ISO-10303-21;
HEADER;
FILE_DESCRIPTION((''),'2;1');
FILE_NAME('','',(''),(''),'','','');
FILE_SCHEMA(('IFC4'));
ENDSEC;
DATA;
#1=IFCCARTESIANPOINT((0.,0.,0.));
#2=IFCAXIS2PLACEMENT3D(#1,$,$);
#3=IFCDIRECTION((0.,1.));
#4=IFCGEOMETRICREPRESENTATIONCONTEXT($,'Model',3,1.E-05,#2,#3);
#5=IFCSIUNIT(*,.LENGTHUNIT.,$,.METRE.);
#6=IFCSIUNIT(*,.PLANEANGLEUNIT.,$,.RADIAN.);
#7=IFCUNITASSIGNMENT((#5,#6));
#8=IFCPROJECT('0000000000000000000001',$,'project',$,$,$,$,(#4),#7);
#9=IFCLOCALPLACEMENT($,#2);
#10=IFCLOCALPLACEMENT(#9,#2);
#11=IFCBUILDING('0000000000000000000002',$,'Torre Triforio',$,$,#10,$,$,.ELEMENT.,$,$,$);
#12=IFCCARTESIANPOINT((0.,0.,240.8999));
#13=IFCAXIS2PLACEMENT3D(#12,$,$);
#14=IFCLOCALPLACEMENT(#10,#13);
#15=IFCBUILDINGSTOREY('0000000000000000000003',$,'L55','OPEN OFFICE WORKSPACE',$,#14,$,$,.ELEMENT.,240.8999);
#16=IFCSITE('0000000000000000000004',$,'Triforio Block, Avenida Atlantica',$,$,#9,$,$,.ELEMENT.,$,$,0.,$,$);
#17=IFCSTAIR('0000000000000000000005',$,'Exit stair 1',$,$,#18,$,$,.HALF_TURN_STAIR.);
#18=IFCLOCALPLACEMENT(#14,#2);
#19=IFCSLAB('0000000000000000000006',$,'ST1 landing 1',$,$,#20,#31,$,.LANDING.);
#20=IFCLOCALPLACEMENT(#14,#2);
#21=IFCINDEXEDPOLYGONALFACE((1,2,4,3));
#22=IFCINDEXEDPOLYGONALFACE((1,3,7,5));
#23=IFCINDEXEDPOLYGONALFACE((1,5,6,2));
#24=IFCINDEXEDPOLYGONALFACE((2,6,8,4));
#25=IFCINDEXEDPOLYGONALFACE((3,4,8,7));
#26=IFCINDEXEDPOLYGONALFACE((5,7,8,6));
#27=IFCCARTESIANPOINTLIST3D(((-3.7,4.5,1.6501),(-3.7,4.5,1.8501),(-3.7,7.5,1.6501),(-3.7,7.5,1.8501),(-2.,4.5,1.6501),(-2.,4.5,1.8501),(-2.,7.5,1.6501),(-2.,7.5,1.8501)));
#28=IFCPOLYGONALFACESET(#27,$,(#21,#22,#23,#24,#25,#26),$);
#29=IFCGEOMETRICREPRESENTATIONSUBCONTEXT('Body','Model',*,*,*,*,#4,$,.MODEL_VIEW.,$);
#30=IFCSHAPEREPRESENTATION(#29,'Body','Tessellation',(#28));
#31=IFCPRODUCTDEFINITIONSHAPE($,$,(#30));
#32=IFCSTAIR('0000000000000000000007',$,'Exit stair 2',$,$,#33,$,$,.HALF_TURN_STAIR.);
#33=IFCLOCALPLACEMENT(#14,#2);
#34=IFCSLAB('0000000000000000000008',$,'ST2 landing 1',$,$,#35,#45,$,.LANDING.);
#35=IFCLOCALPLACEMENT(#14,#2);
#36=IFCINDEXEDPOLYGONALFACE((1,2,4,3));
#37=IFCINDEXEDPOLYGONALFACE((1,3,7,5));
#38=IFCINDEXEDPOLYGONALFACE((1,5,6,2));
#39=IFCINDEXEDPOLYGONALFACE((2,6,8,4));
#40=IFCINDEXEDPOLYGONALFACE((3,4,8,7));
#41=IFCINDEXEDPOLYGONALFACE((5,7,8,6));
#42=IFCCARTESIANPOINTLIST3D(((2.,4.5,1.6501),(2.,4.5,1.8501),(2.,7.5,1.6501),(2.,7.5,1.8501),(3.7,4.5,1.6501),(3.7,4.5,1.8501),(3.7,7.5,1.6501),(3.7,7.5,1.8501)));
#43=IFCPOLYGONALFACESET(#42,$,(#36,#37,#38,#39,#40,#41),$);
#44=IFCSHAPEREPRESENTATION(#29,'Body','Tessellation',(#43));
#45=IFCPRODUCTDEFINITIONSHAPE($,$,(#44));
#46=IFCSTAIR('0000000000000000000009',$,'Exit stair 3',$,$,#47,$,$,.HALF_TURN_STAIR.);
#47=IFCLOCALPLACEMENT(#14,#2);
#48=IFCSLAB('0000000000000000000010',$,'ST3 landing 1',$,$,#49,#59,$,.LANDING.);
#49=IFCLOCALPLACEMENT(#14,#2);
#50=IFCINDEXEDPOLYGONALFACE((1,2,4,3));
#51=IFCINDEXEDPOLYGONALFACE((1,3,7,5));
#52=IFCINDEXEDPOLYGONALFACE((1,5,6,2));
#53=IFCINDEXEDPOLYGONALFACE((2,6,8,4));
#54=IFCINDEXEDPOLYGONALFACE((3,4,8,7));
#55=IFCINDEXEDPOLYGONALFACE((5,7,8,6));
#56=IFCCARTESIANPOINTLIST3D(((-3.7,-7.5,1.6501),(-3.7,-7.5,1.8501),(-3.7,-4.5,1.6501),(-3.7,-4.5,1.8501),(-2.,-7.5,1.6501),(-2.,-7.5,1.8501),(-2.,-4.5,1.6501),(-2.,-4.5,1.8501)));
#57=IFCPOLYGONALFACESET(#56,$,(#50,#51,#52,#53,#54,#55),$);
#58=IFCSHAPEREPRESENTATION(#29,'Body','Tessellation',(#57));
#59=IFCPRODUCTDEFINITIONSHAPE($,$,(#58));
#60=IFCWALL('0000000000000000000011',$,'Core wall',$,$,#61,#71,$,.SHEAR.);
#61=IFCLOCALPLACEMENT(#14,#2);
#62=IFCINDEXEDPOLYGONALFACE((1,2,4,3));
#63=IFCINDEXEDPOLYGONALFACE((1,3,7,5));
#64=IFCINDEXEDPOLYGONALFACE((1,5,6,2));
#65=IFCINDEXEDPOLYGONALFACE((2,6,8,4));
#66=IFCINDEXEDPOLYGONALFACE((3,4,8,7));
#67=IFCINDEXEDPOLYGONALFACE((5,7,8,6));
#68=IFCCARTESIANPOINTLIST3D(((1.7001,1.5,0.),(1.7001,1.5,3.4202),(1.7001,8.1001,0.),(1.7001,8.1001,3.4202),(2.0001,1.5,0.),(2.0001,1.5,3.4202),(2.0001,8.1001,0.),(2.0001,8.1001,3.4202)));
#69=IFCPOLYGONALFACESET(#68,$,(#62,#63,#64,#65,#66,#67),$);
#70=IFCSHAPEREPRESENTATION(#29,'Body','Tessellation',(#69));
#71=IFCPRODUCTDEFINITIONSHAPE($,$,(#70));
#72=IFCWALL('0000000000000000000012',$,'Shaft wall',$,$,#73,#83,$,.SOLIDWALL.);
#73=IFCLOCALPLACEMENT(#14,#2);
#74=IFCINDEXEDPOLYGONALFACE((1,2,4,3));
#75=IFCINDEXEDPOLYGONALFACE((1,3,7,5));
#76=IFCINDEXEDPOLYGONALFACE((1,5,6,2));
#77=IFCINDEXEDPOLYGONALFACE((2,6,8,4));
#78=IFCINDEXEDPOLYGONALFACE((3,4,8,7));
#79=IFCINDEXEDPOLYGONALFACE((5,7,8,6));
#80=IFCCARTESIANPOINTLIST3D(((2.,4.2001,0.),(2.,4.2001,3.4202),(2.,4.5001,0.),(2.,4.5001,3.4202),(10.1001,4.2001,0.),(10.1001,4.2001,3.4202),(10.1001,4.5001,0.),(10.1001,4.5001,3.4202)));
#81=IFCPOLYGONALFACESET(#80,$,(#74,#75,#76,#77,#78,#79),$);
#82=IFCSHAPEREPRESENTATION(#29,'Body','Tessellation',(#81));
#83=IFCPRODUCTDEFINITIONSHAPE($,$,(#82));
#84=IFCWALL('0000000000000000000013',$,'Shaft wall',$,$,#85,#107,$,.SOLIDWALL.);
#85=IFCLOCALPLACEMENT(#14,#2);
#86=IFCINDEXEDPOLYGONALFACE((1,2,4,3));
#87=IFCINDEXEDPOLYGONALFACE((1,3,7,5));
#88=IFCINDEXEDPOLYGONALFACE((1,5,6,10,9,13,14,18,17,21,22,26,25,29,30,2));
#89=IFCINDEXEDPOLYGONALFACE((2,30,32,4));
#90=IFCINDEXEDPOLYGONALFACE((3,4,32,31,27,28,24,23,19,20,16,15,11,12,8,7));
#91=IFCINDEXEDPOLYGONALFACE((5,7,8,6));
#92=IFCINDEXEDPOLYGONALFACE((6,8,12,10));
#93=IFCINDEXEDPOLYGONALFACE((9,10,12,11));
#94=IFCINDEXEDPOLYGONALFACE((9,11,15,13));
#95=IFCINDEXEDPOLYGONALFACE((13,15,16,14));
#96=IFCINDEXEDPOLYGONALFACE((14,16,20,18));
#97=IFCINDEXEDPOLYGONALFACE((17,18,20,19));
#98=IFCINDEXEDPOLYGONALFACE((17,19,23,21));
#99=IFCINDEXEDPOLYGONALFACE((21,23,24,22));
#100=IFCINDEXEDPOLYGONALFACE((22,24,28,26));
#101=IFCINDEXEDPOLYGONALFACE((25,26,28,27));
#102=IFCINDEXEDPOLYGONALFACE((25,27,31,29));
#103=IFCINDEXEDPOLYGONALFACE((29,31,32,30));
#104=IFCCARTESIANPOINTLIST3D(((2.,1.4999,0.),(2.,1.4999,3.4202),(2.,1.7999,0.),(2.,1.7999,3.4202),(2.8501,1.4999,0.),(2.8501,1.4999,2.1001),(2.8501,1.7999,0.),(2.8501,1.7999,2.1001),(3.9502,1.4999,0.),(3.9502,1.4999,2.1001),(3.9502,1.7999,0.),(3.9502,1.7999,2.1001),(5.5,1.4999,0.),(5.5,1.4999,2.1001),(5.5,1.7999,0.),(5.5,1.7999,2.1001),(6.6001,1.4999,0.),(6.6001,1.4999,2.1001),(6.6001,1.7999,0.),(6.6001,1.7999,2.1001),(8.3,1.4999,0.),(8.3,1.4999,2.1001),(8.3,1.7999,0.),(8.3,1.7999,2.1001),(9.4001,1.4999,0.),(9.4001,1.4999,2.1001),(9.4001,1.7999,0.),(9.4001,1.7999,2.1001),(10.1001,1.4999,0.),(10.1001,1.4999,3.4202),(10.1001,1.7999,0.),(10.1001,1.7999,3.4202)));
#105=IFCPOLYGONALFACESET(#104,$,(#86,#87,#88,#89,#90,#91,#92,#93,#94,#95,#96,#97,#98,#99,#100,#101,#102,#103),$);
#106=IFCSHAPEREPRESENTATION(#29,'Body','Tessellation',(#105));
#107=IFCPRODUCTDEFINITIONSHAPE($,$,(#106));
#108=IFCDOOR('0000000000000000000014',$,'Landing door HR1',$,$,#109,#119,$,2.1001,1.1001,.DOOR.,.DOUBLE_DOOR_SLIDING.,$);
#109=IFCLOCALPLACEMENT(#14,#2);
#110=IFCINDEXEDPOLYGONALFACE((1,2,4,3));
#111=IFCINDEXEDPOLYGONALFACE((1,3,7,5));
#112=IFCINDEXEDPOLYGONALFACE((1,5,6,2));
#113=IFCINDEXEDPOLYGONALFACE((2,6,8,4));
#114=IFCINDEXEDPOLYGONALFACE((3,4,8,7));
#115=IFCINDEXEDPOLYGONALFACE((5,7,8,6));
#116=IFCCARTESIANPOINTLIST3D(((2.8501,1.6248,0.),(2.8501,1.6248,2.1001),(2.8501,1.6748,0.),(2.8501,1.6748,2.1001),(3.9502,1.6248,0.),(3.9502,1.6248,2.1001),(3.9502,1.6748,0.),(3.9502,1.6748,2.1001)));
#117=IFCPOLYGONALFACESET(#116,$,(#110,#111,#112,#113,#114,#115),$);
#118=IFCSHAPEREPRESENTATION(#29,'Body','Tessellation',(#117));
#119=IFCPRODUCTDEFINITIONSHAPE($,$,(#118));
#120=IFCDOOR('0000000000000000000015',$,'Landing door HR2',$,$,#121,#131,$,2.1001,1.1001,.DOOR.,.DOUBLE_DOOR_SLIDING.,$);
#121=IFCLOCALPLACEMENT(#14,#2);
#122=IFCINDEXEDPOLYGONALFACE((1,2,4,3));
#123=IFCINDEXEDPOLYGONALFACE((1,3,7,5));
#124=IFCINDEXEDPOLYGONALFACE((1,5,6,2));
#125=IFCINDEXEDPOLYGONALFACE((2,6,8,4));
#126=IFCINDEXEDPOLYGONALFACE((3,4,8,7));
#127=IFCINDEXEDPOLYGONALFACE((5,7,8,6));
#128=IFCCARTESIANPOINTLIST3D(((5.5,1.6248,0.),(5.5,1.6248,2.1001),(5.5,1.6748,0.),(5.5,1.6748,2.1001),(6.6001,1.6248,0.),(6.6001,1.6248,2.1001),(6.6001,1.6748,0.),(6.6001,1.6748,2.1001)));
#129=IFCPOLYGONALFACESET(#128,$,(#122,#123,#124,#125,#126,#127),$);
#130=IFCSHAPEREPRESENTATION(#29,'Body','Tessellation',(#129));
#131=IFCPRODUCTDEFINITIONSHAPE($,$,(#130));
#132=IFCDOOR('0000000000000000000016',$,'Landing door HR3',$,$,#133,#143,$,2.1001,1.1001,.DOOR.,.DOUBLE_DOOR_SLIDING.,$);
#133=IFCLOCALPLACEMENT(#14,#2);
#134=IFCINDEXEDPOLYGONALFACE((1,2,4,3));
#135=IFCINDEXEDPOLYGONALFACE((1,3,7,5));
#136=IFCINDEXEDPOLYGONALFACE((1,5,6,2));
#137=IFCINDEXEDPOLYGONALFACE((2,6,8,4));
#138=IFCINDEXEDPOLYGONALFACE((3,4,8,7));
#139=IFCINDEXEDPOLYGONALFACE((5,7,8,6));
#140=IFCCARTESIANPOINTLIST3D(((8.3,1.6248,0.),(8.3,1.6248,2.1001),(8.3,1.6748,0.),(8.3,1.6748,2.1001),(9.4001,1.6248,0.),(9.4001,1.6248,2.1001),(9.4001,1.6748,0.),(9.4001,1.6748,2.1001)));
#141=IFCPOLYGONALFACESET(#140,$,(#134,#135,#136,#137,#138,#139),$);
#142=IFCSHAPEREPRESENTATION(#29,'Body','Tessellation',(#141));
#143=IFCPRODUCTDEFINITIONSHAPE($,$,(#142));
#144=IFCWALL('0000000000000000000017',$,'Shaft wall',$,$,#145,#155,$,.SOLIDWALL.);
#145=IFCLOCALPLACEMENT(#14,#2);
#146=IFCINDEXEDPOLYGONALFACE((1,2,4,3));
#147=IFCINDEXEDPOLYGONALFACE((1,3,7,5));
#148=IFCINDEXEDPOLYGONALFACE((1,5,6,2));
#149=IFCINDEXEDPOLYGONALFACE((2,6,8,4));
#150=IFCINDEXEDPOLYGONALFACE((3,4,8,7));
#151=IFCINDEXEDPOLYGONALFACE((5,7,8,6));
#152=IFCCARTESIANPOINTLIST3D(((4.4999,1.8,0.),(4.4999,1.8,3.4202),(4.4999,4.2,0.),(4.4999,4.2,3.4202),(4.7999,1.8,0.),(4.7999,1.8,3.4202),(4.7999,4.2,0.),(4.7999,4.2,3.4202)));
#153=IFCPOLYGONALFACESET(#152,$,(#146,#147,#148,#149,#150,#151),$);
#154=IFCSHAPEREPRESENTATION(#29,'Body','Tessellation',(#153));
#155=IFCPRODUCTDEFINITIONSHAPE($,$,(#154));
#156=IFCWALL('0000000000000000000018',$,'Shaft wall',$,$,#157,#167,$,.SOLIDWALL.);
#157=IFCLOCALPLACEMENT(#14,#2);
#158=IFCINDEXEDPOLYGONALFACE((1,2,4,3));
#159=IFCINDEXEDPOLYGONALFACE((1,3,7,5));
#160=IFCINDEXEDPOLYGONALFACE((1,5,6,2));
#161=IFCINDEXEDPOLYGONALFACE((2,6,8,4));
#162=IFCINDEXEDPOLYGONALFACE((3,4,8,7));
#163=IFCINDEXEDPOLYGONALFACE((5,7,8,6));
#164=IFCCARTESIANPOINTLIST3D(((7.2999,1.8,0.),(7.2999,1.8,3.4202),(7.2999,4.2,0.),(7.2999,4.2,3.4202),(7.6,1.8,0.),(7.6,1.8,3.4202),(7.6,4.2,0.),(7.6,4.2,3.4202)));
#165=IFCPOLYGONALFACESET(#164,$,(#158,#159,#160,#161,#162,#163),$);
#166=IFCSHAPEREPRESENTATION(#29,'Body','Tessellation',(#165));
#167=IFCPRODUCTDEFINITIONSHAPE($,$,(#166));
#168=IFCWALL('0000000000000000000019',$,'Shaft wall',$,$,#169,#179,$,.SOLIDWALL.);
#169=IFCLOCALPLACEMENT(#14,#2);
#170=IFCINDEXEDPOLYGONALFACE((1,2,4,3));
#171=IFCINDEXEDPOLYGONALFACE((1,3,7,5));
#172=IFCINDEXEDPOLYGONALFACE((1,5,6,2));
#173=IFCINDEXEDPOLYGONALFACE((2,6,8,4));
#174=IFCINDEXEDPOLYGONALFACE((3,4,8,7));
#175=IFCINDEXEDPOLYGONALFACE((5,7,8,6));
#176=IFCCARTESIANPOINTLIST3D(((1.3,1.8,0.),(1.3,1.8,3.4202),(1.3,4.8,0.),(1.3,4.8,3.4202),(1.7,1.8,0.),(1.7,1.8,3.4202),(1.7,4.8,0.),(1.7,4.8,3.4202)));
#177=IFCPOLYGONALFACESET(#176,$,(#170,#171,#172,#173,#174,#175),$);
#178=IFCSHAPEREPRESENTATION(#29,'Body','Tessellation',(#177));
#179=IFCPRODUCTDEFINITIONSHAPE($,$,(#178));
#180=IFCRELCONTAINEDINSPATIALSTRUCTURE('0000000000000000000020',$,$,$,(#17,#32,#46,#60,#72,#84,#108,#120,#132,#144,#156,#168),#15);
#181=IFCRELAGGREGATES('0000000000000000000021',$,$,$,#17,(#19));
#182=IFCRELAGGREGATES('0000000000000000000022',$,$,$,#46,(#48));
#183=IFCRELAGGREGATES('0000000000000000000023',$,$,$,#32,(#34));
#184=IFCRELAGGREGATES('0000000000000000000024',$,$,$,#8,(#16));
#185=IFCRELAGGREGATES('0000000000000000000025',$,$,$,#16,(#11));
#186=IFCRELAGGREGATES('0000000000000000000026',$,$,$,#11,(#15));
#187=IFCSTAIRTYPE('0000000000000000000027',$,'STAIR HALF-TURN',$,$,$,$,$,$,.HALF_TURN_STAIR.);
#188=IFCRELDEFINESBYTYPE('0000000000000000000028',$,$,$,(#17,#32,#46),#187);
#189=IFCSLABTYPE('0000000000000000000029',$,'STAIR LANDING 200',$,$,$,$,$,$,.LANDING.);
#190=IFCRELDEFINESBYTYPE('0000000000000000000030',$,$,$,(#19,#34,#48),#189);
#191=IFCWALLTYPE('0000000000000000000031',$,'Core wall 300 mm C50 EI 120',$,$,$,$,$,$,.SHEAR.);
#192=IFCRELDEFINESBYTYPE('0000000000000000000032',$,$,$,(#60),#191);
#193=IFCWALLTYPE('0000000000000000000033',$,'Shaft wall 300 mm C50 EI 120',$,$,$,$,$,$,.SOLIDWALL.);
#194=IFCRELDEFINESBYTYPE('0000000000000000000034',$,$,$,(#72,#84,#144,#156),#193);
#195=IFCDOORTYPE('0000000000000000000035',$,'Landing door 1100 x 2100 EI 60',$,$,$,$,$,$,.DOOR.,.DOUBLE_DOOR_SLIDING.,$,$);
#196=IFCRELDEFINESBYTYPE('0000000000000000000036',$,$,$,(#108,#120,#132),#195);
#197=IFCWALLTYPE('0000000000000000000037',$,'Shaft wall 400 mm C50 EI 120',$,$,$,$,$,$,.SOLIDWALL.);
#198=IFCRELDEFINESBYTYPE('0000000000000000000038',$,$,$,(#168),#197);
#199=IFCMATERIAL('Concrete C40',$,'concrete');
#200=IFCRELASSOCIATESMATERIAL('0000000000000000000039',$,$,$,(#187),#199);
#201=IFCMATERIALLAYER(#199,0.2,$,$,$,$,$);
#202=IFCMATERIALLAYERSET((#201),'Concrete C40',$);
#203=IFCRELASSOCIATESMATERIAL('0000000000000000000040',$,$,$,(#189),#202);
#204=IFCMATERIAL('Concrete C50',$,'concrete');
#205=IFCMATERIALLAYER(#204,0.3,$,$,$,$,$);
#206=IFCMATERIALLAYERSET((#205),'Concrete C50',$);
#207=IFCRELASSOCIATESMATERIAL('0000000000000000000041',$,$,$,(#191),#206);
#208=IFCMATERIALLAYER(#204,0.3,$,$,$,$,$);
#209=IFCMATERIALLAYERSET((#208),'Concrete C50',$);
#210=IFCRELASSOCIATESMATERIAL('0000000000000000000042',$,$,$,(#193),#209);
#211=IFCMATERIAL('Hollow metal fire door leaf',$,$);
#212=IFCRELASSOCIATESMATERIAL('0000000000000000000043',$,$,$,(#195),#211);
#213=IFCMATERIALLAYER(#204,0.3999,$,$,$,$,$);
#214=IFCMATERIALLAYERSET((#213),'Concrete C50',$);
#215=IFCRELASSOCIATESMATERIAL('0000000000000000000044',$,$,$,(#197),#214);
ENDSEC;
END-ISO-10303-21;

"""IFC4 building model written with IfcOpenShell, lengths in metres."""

from ifc_helpers import new_model, si_unit, direction, frame, frame_2d, origin, place, context, subcontext, project, spatial, polyline, rectangle, outline, extrude, material, layer, layer_set, type_object, element, fill, aggregate, save


model = new_model("IFC4")

# Units and contexts
model_context = context("Model", 3, precision=1e-05, world=origin(), true_north=direction((0.0, 1.0)))
body_context = subcontext(model_context, "Body", "Model", "MODEL_VIEW")
ifc_project = project(units=[si_unit("LENGTHUNIT", "METRE"), si_unit("PLANEANGLEUNIT", "RADIAN")], contexts=[model_context])

# Site, building, storey
site_placement = place(None, origin())
site = spatial("IfcSite", under=ifc_project, at=site_placement, Name="Triforio Block, Avenida Atlantica", CompositionType="ELEMENT", RefElevation=0.0)
building_placement = place(site_placement, origin())
building = spatial("IfcBuilding", under=site, at=building_placement, Name="Torre Triforio", CompositionType="ELEMENT")
storey_placement = place(building_placement, frame((0.0, 0.0, 240.8999)))
storey = spatial("IfcBuildingStorey", under=building, at=storey_placement, Name="L55", Description="OPEN OFFICE WORKSPACE", CompositionType="ELEMENT", Elevation=240.8999)

# Stairs, slabs
ifc_material_1 = material(Name="Concrete C40", Category="concrete")
stair_type = type_object("IfcStairType", Name="STAIR HALF-TURN", PredefinedType="HALF_TURN_STAIR", material=ifc_material_1)
stair_1_placement = place(storey_placement, origin())
stair_1 = element("IfcStair", 1, at=stair_1_placement, inside=storey, type_object=stair_type, Name="Exit stair 1", PredefinedType="HALF_TURN_STAIR")
ifc_layer_1 = layer(ifc_material_1, 0.2)
ifc_layer_set_1 = layer_set([ifc_layer_1], Name="Concrete C40")
slab_type = type_object("IfcSlabType", Name="STAIR LANDING 200", PredefinedType="LANDING", material=ifc_layer_set_1)
slab_1_placement = place(storey_placement, frame((0.0, 0.0, 1.6501)))
slab_1 = element("IfcSlab", 2, at=slab_1_placement, type_object=slab_type, Name="ST1 landing 1", PredefinedType="LANDING", context=body_context, shape_type="SweptSolid", body=[
    extrude(outline(polyline([(-2.0, 4.5), (-2.0, 7.5), (-3.7, 7.5), (-3.7, 4.5), (-2.0, 4.5)])), origin(), (0.0, 0.0, 1.0), 0.2),
])
aggregate(stair_1, [slab_1])
stair_2_placement = place(storey_placement, origin())
stair_2 = element("IfcStair", 3, at=stair_2_placement, inside=storey, type_object=stair_type, Name="Exit stair 2", PredefinedType="HALF_TURN_STAIR")
slab_2_placement = place(storey_placement, frame((0.0, 0.0, 1.6501)))
slab_2 = element("IfcSlab", 4, at=slab_2_placement, type_object=slab_type, Name="ST2 landing 1", PredefinedType="LANDING", context=body_context, shape_type="SweptSolid", body=[
    extrude(outline(polyline([(3.7, 4.5), (3.7, 7.5), (2.0, 7.5), (2.0, 4.5), (3.7, 4.5)])), origin(), (0.0, 0.0, 1.0), 0.2),
])
stair_3_placement = place(storey_placement, origin())
stair_3 = element("IfcStair", 5, at=stair_3_placement, inside=storey, type_object=stair_type, Name="Exit stair 3", PredefinedType="HALF_TURN_STAIR")
slab_3_placement = place(storey_placement, frame((0.0, 0.0, 1.6501)))
slab_3 = element("IfcSlab", 6, at=slab_3_placement, type_object=slab_type, Name="ST3 landing 1", PredefinedType="LANDING", context=body_context, shape_type="SweptSolid", body=[
    extrude(outline(polyline([(-2.0, -7.5), (-2.0, -4.5), (-3.7, -4.5), (-3.7, -7.5), (-2.0, -7.5)])), origin(), (0.0, 0.0, 1.0), 0.2),
])
aggregate(stair_3, [slab_3])

# Walls
ifc_material_2 = material(Name="Concrete C50", Category="concrete")
ifc_layer_2 = layer(ifc_material_2, 0.3)
ifc_layer_set_2 = layer_set([ifc_layer_2], Name="Concrete C50")
wall_type_1 = type_object("IfcWallType", Name="Core wall 300 mm C50 EI 120", PredefinedType="SHEAR", material=ifc_layer_set_2)
wall_1_placement = place(storey_placement, frame((1.8501, 1.5, 0.0), z_axis=(0.0, 0.0, 1.0), x_axis=(0.0, 1.0, 0.0)))
element("IfcWall", 7, at=wall_1_placement, inside=storey, type_object=wall_type_1, Name="Core wall", PredefinedType="SHEAR", context=body_context, shape_type="SweptSolid", body=[
    extrude(rectangle(XDim=6.6001, YDim=0.3, at=frame_2d((3.3, 0.0))), origin(), (0.0, 0.0, 1.0), 3.4202),
])
ifc_layer_3 = layer(ifc_material_2, 0.3)
ifc_layer_set_3 = layer_set([ifc_layer_3], Name="Concrete C50")
wall_type_2 = type_object("IfcWallType", Name="Shaft wall 300 mm C50 EI 120", PredefinedType="SOLIDWALL", material=ifc_layer_set_3)
wall_2_placement = place(storey_placement, frame((2.0, 4.3501, 0.0), z_axis=(0.0, 0.0, 1.0), x_axis=(1.0, 0.0, 0.0)))
element("IfcWall", 8, at=wall_2_placement, inside=storey, type_object=wall_type_2, Name="Shaft wall", PredefinedType="SOLIDWALL", context=body_context, shape_type="SweptSolid", body=[
    extrude(rectangle(XDim=8.1001, YDim=0.3, at=frame_2d((4.05, 0.0))), origin(), (0.0, 0.0, 1.0), 3.4202),
])

# Wall, openings, doors
wall_3_placement = place(storey_placement, frame((2.0, 1.6499, 0.0), z_axis=(0.0, 0.0, 1.0), x_axis=(1.0, 0.0, 0.0)))
wall_3 = element("IfcWall", 9, at=wall_3_placement, inside=storey, type_object=wall_type_2, Name="Shaft wall", PredefinedType="SOLIDWALL", context=body_context, shape_type="SweptSolid", body=[
    extrude(rectangle(XDim=8.1001, YDim=0.3, at=frame_2d((4.05, 0.0))), origin(), (0.0, 0.0, 1.0), 3.4202),
])
opening_1_placement = place(wall_3_placement, frame((0.8501, 0.0, 0.0)))
opening_1 = element("IfcOpeningElement", 10, at=opening_1_placement, cuts=wall_3, PredefinedType="OPENING", context=body_context, shape_type="SweptSolid", body=[
    extrude(rectangle(XDim=1.1001, YDim=2.1001, at=frame_2d((0.55, 1.05))), frame((0.0, 0.1599, 0.0), z_axis=(0.0, -1.0, 0.0), x_axis=(1.0, 0.0, 0.0)), (0.0, 0.0, 1.0), 0.3201),
])
opening_2_placement = place(wall_3_placement, frame((3.5, 0.0, 0.0)))
opening_2 = element("IfcOpeningElement", 11, at=opening_2_placement, cuts=wall_3, PredefinedType="OPENING", context=body_context, shape_type="SweptSolid", body=[
    extrude(rectangle(XDim=1.1001, YDim=2.1001, at=frame_2d((0.55, 1.05))), frame((0.0, 0.1599, 0.0), z_axis=(0.0, -1.0, 0.0), x_axis=(1.0, 0.0, 0.0)), (0.0, 0.0, 1.0), 0.3201),
])
opening_3_placement = place(wall_3_placement, frame((6.3, 0.0, 0.0)))
opening_3 = element("IfcOpeningElement", 12, at=opening_3_placement, cuts=wall_3, PredefinedType="OPENING", context=body_context, shape_type="SweptSolid", body=[
    extrude(rectangle(XDim=1.1001, YDim=2.1001, at=frame_2d((0.55, 1.05))), frame((0.0, 0.1599, 0.0), z_axis=(0.0, -1.0, 0.0), x_axis=(1.0, 0.0, 0.0)), (0.0, 0.0, 1.0), 0.3201),
])
ifc_material_3 = material(Name="Hollow metal fire door leaf")
door_type = type_object("IfcDoorType", Name="Landing door 1100 x 2100 EI 60", OperationType="DOUBLE_DOOR_SLIDING", PredefinedType="DOOR", material=ifc_material_3)
door_1_placement = place(opening_1_placement, origin())
door_1 = element("IfcDoor", 13, at=door_1_placement, inside=storey, type_object=door_type, Name="Landing door HR1", OperationType="DOUBLE_DOOR_SLIDING", OverallHeight=2.1001, OverallWidth=1.1001, PredefinedType="DOOR", context=body_context, shape_type="SweptSolid", body=[
    extrude(rectangle(XDim=1.1001, YDim=2.1001, at=frame_2d((0.55, 1.05))), frame((0.0, 0.0249, 0.0), z_axis=(0.0, -1.0, 0.0), x_axis=(1.0, 0.0, 0.0)), (0.0, 0.0, 1.0), 0.05),
])
fill(opening_1, door_1)
door_2_placement = place(opening_2_placement, origin())
door_2 = element("IfcDoor", 14, at=door_2_placement, inside=storey, type_object=door_type, Name="Landing door HR2", OperationType="DOUBLE_DOOR_SLIDING", OverallHeight=2.1001, OverallWidth=1.1001, PredefinedType="DOOR", context=body_context, shape_type="SweptSolid", body=[
    extrude(rectangle(XDim=1.1001, YDim=2.1001, at=frame_2d((0.55, 1.05))), frame((0.0, 0.0249, 0.0), z_axis=(0.0, -1.0, 0.0), x_axis=(1.0, 0.0, 0.0)), (0.0, 0.0, 1.0), 0.05),
])
fill(opening_2, door_2)
door_3_placement = place(opening_3_placement, origin())
door_3 = element("IfcDoor", 15, at=door_3_placement, inside=storey, type_object=door_type, Name="Landing door HR3", OperationType="DOUBLE_DOOR_SLIDING", OverallHeight=2.1001, OverallWidth=1.1001, PredefinedType="DOOR", context=body_context, shape_type="SweptSolid", body=[
    extrude(rectangle(XDim=1.1001, YDim=2.1001, at=frame_2d((0.55, 1.05))), frame((0.0, 0.0249, 0.0), z_axis=(0.0, -1.0, 0.0), x_axis=(1.0, 0.0, 0.0)), (0.0, 0.0, 1.0), 0.05),
])
fill(opening_3, door_3)

# Walls
for number, where, z_axis, x_axis, name in (
    (16, (4.6499, 1.8, 0.0), (0.0, 0.0, 1.0), (0.0, 1.0, 0.0), "Shaft wall"),
    (17, (7.45, 1.8, 0.0), (0.0, 0.0, 1.0), (0.0, 1.0, 0.0), "Shaft wall"),
):
    element("IfcWall", number, at=place(storey_placement, frame(where, z_axis=z_axis, x_axis=x_axis)), inside=storey, type_object=wall_type_2, Name=name, PredefinedType="SOLIDWALL", context=body_context, shape_type="SweptSolid", body=[
        extrude(rectangle(XDim=2.3999, YDim=0.3, at=frame_2d((1.2, 0.0))), origin(), (0.0, 0.0, 1.0), 3.4202),
    ])
ifc_layer_4 = layer(ifc_material_2, 0.3999)
ifc_layer_set_4 = layer_set([ifc_layer_4], Name="Concrete C50")
wall_type_3 = type_object("IfcWallType", Name="Shaft wall 400 mm C50 EI 120", PredefinedType="SOLIDWALL", material=ifc_layer_set_4)
wall_4_placement = place(storey_placement, frame((1.5, 1.8, 0.0), z_axis=(0.0, 0.0, 1.0), x_axis=(0.0, 1.0, 0.0)))
element("IfcWall", 18, at=wall_4_placement, inside=storey, type_object=wall_type_3, Name="Shaft wall", PredefinedType="SOLIDWALL", context=body_context, shape_type="SweptSolid", body=[
    extrude(rectangle(XDim=3.0, YDim=0.3999, at=frame_2d((1.5, 0.0))), origin(), (0.0, 0.0, 1.0), 3.4202),
])

aggregate(stair_2, [slab_2])

save(model, "model.ifc")
